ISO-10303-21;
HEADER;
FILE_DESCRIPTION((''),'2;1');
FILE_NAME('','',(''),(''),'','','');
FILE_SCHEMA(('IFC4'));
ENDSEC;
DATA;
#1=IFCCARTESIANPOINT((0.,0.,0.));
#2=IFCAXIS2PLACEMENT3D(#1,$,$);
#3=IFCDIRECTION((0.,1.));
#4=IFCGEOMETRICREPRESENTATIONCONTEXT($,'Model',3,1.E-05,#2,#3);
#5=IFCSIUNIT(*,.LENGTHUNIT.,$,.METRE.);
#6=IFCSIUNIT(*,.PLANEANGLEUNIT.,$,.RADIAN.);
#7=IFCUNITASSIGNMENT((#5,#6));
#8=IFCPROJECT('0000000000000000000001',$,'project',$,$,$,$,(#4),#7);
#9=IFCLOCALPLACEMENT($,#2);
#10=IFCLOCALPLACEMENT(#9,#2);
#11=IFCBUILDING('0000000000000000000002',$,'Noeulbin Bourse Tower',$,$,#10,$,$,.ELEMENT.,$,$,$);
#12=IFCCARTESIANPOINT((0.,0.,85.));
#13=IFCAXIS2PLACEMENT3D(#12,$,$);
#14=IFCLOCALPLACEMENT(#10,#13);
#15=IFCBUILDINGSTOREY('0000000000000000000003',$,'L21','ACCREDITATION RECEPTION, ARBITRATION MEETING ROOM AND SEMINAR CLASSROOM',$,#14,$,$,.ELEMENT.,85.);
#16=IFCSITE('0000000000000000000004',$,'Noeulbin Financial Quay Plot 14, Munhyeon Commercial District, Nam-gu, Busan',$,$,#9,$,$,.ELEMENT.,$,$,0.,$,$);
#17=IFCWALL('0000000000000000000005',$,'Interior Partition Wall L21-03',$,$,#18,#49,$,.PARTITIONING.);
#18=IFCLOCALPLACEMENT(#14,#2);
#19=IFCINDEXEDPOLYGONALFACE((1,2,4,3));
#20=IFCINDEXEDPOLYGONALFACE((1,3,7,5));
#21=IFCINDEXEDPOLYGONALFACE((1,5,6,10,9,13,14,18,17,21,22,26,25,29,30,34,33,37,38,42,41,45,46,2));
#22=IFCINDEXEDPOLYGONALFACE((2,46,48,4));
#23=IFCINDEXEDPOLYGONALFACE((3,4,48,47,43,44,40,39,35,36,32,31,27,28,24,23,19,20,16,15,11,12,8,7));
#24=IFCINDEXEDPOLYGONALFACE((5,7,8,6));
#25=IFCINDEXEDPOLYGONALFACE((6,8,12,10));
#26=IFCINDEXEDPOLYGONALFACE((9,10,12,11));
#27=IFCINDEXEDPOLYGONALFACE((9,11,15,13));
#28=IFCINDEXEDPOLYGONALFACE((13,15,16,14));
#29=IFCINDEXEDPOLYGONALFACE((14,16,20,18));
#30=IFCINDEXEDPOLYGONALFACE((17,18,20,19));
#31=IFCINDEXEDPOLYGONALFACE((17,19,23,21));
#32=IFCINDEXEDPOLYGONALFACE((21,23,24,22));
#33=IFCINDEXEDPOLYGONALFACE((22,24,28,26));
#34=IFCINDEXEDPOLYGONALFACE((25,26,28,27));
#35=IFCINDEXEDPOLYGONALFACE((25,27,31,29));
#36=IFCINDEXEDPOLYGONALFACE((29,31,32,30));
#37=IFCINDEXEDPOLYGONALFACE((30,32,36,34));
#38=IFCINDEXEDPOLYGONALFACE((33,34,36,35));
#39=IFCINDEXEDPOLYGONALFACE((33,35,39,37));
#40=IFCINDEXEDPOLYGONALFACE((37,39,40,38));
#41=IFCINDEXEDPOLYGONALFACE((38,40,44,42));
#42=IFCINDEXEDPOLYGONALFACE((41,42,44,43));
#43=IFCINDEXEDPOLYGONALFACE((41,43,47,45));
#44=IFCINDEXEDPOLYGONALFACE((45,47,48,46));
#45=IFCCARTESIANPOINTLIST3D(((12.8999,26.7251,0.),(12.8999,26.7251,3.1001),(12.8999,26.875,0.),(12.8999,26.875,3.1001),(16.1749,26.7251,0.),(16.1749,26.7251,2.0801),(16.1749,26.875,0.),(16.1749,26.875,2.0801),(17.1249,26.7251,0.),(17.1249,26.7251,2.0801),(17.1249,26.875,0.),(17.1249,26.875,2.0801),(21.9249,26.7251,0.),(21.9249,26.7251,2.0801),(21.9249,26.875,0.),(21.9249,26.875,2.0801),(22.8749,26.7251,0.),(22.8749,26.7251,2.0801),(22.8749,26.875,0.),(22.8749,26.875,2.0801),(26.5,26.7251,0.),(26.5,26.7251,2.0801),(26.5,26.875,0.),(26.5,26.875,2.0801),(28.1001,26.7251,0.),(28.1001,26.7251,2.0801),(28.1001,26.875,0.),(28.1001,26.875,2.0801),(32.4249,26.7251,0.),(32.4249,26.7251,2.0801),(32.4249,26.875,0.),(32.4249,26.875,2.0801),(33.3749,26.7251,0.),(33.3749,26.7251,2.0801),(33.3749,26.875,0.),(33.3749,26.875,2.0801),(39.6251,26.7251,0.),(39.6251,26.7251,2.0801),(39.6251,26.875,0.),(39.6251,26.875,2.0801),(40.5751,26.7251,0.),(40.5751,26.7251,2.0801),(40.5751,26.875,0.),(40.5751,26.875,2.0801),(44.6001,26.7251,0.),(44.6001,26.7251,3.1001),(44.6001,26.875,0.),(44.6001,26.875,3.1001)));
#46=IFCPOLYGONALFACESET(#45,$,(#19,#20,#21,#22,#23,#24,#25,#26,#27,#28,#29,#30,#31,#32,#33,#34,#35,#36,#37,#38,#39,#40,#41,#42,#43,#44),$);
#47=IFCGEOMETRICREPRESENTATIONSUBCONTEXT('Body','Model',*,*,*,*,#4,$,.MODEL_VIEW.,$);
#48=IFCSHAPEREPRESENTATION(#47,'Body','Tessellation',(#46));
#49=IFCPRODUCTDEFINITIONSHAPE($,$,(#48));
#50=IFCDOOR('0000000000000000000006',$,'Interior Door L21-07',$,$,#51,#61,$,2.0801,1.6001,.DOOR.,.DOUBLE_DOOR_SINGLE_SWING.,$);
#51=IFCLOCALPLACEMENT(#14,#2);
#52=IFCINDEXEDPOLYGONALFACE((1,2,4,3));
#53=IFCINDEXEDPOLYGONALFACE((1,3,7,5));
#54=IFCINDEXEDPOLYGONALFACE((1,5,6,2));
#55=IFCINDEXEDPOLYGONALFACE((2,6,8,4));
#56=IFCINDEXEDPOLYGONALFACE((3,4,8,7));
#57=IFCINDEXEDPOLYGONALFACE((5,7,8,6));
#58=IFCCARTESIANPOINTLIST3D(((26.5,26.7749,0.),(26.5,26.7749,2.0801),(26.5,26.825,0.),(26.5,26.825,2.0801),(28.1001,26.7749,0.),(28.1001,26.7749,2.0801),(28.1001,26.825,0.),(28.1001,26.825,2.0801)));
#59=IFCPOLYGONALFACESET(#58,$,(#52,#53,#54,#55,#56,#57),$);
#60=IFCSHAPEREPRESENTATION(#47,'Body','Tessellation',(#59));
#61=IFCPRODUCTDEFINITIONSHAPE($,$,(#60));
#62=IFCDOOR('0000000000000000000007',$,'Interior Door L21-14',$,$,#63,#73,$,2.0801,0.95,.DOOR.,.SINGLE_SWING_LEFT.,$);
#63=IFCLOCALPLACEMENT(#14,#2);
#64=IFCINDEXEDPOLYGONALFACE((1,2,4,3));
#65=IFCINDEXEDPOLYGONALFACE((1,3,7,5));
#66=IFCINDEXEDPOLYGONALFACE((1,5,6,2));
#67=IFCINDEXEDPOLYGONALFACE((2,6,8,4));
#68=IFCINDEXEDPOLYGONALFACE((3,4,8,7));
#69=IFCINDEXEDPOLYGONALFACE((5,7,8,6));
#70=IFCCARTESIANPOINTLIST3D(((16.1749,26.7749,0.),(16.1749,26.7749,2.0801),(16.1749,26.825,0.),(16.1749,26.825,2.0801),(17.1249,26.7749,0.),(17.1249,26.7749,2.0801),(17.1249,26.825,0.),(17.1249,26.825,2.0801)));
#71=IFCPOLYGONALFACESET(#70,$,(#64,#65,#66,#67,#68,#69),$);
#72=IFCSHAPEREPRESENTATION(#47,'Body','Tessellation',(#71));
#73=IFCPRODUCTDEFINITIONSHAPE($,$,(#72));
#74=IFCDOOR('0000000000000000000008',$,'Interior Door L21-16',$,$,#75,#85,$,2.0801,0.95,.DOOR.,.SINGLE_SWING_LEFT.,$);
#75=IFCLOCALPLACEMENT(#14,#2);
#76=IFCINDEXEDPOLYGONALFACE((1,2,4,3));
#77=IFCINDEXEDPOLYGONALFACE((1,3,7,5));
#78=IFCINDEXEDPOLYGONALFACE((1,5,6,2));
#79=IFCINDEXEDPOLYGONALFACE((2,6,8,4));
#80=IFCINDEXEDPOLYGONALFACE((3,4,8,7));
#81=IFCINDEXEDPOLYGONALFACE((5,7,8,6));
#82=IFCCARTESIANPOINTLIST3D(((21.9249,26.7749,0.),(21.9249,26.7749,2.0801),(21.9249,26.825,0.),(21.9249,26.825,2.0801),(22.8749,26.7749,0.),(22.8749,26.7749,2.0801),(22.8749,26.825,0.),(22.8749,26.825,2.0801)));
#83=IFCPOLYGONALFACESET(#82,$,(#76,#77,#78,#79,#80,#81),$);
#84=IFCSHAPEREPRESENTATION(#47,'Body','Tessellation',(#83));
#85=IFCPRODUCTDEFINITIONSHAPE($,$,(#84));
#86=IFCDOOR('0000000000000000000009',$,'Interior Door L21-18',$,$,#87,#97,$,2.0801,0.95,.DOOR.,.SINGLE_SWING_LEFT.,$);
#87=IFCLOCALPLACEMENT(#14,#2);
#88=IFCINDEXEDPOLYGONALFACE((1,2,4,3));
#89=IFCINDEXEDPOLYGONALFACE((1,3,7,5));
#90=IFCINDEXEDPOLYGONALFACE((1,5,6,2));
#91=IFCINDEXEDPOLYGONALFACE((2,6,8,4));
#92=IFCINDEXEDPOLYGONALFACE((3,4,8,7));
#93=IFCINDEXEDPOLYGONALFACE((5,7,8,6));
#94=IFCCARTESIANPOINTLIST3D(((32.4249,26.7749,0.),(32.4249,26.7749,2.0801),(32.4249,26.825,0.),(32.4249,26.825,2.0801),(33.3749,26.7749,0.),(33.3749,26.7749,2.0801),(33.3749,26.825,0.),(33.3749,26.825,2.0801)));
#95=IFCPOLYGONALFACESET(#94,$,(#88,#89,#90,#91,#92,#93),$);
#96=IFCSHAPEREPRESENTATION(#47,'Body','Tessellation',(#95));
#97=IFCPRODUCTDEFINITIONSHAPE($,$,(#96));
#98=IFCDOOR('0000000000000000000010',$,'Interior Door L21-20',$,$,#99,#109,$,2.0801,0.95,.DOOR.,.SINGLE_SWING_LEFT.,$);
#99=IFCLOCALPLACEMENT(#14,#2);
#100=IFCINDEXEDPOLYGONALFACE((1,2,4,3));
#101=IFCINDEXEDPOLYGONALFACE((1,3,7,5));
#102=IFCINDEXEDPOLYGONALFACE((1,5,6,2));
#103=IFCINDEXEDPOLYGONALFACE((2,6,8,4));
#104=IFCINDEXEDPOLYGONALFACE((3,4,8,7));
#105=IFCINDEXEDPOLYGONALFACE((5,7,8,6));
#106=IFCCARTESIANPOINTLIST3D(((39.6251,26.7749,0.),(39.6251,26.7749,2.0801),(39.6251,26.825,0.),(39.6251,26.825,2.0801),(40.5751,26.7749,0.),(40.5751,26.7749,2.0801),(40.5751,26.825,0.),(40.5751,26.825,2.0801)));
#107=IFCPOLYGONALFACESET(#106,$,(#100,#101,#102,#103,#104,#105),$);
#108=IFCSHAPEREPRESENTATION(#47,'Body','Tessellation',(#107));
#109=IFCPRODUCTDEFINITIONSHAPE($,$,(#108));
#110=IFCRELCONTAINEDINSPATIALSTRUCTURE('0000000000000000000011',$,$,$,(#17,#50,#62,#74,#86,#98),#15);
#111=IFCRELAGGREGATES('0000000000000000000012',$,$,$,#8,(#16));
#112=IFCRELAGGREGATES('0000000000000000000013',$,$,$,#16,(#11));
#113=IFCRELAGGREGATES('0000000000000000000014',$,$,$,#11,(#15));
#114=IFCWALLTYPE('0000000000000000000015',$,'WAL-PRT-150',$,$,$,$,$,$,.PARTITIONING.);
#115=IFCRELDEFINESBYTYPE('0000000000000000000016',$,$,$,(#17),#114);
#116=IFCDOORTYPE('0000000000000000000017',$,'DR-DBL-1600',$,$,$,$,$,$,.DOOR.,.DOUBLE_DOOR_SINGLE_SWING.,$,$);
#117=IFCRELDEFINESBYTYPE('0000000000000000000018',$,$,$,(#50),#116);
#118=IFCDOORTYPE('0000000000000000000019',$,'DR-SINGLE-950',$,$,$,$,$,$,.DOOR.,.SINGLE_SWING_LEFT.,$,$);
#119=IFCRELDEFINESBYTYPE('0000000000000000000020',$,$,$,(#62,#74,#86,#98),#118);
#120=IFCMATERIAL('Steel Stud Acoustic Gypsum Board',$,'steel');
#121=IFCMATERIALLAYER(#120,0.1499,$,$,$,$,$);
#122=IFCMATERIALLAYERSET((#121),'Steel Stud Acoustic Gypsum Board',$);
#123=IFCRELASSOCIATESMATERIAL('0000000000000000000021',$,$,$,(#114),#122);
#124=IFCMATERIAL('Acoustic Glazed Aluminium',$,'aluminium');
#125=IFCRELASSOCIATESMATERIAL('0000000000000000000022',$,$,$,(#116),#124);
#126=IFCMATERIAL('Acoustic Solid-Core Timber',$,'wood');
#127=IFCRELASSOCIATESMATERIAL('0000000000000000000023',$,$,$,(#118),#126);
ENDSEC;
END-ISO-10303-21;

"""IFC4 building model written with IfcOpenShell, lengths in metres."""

from ifc_helpers import new_model, si_unit, direction, frame, frame_2d, origin, place, context, subcontext, project, spatial, rectangle, extrude, material, layer, layer_set, type_object, element, fill, save


model = new_model("IFC4")

# Units and contexts
model_context = context("Model", 3, precision=1e-05, world=origin(), true_north=direction((0.0, 1.0)))
body_context = subcontext(model_context, "Body", "Model", "MODEL_VIEW")
ifc_project = project(units=[si_unit("LENGTHUNIT", "METRE"), si_unit("PLANEANGLEUNIT", "RADIAN")], contexts=[model_context])

# Site, building, storey
site_placement = place(None, origin())
site = spatial("IfcSite", under=ifc_project, at=site_placement, Name="Noeulbin Financial Quay Plot 14, Munhyeon Commercial District, Nam-gu, Busan", CompositionType="ELEMENT", RefElevation=0.0)
building_placement = place(site_placement, origin())
building = spatial("IfcBuilding", under=site, at=building_placement, Name="Noeulbin Bourse Tower", CompositionType="ELEMENT")
storey_placement = place(building_placement, frame((0.0, 0.0, 85.0)))
storey = spatial("IfcBuildingStorey", under=building, at=storey_placement, Name="L21", Description="ACCREDITATION RECEPTION, ARBITRATION MEETING ROOM AND SEMINAR CLASSROOM", CompositionType="ELEMENT", Elevation=85.0)

# Wall, openings, doors
ifc_material_1 = material(Name="Steel Stud Acoustic Gypsum Board", Category="steel")
ifc_layer_1 = layer(ifc_material_1, 0.1499)
ifc_layer_set_1 = layer_set([ifc_layer_1], Name="Steel Stud Acoustic Gypsum Board")
wall_type_1 = type_object("IfcWallType", Name="WAL-PRT-150", PredefinedType="PARTITIONING", material=ifc_layer_set_1)
wall_1_placement = place(storey_placement, frame((12.8999, 26.8, 0.0), z_axis=(0.0, 0.0, 1.0), x_axis=(1.0, 0.0, 0.0)))
wall_1 = element("IfcWall", 1, at=wall_1_placement, inside=storey, type_object=wall_type_1, Name="Interior Partition Wall L21-03", PredefinedType="PARTITIONING", context=body_context, shape_type="SweptSolid", body=[
    extrude(rectangle(XDim=31.7002, YDim=0.1499, at=frame_2d((15.8501, 0.0))), origin(), (0.0, 0.0, 1.0), 3.1001),
])
opening_1_placement = place(wall_1_placement, frame((13.6001, 0.0, 0.0)))
opening_1 = element("IfcOpeningElement", 2, at=opening_1_placement, cuts=wall_1, PredefinedType="OPENING", context=body_context, shape_type="SweptSolid", body=[
    extrude(rectangle(XDim=1.6001, YDim=2.0801, at=frame_2d((0.8, 1.04))), frame((0.0, 0.085, 0.0), z_axis=(0.0, -1.0, 0.0), x_axis=(1.0, 0.0, 0.0)), (0.0, 0.0, 1.0), 0.1699),
])
opening_2_placement = place(wall_1_placement, frame((3.2749, 0.0, 0.0)))
opening_2 = element("IfcOpeningElement", 3, at=opening_2_placement, cuts=wall_1, PredefinedType="OPENING", context=body_context, shape_type="SweptSolid", body=[
    extrude(rectangle(XDim=0.95, YDim=2.0801, at=frame_2d((0.4751, 1.04))), frame((0.0, 0.085, 0.0), z_axis=(0.0, -1.0, 0.0), x_axis=(1.0, 0.0, 0.0)), (0.0, 0.0, 1.0), 0.1699),
])
opening_3_placement = place(wall_1_placement, frame((9.0249, 0.0, 0.0)))
opening_3 = element("IfcOpeningElement", 4, at=opening_3_placement, cuts=wall_1, PredefinedType="OPENING", context=body_context, shape_type="SweptSolid", body=[
    extrude(rectangle(XDim=0.95, YDim=2.0801, at=frame_2d((0.4751, 1.04))), frame((0.0, 0.085, 0.0), z_axis=(0.0, -1.0, 0.0), x_axis=(1.0, 0.0, 0.0)), (0.0, 0.0, 1.0), 0.1699),
])
opening_4_placement = place(wall_1_placement, frame((19.5249, 0.0, 0.0)))
opening_4 = element("IfcOpeningElement", 5, at=opening_4_placement, cuts=wall_1, PredefinedType="OPENING", context=body_context, shape_type="SweptSolid", body=[
    extrude(rectangle(XDim=0.95, YDim=2.0801, at=frame_2d((0.4751, 1.04))), frame((0.0, 0.085, 0.0), z_axis=(0.0, -1.0, 0.0), x_axis=(1.0, 0.0, 0.0)), (0.0, 0.0, 1.0), 0.1699),
])
opening_5_placement = place(wall_1_placement, frame((26.7251, 0.0, 0.0)))
opening_5 = element("IfcOpeningElement", 6, at=opening_5_placement, cuts=wall_1, PredefinedType="OPENING", context=body_context, shape_type="SweptSolid", body=[
    extrude(rectangle(XDim=0.95, YDim=2.0801, at=frame_2d((0.4751, 1.04))), frame((0.0, 0.085, 0.0), z_axis=(0.0, -1.0, 0.0), x_axis=(1.0, 0.0, 0.0)), (0.0, 0.0, 1.0), 0.1699),
])
ifc_material_2 = material(Name="Acoustic Glazed Aluminium", Category="aluminium")
door_type_1 = type_object("IfcDoorType", Name="DR-DBL-1600", OperationType="DOUBLE_DOOR_SINGLE_SWING", PredefinedType="DOOR", material=ifc_material_2)
door_1_placement = place(opening_1_placement, origin())
door_1 = element("IfcDoor", 7, at=door_1_placement, inside=storey, type_object=door_type_1, Name="Interior Door L21-07", OperationType="DOUBLE_DOOR_SINGLE_SWING", OverallHeight=2.0801, OverallWidth=1.6001, PredefinedType="DOOR", context=body_context, shape_type="SweptSolid", body=[
    extrude(rectangle(XDim=1.6001, YDim=2.0801, at=frame_2d((0.8, 1.04))), frame((0.0, 0.0249, 0.0), z_axis=(0.0, -1.0, 0.0), x_axis=(1.0, 0.0, 0.0)), (0.0, 0.0, 1.0), 0.05),
])
fill(opening_1, door_1)
ifc_material_3 = material(Name="Acoustic Solid-Core Timber", Category="wood")
door_type_2 = type_object("IfcDoorType", Name="DR-SINGLE-950", OperationType="SINGLE_SWING_LEFT", PredefinedType="DOOR", material=ifc_material_3)
door_2_placement = place(opening_2_placement, origin())
door_2 = element("IfcDoor", 8, at=door_2_placement, inside=storey, type_object=door_type_2, Name="Interior Door L21-14", OperationType="SINGLE_SWING_LEFT", OverallHeight=2.0801, OverallWidth=0.95, PredefinedType="DOOR", context=body_context, shape_type="SweptSolid", body=[
    extrude(rectangle(XDim=0.95, YDim=2.0801, at=frame_2d((0.4751, 1.04))), frame((0.0, 0.0249, 0.0), z_axis=(0.0, -1.0, 0.0), x_axis=(1.0, 0.0, 0.0)), (0.0, 0.0, 1.0), 0.05),
])
fill(opening_2, door_2)
door_3_placement = place(opening_3_placement, origin())
door_3 = element("IfcDoor", 9, at=door_3_placement, inside=storey, type_object=door_type_2, Name="Interior Door L21-16", OperationType="SINGLE_SWING_LEFT", OverallHeight=2.0801, OverallWidth=0.95, PredefinedType="DOOR", context=body_context, shape_type="SweptSolid", body=[
    extrude(rectangle(XDim=0.95, YDim=2.0801, at=frame_2d((0.4751, 1.04))), frame((0.0, 0.0249, 0.0), z_axis=(0.0, -1.0, 0.0), x_axis=(1.0, 0.0, 0.0)), (0.0, 0.0, 1.0), 0.05),
])
fill(opening_3, door_3)
door_4_placement = place(opening_4_placement, origin())
door_4 = element("IfcDoor", 10, at=door_4_placement, inside=storey, type_object=door_type_2, Name="Interior Door L21-18", OperationType="SINGLE_SWING_LEFT", OverallHeight=2.0801, OverallWidth=0.95, PredefinedType="DOOR", context=body_context, shape_type="SweptSolid", body=[
    extrude(rectangle(XDim=0.95, YDim=2.0801, at=frame_2d((0.4751, 1.04))), frame((0.0, 0.0249, 0.0), z_axis=(0.0, -1.0, 0.0), x_axis=(1.0, 0.0, 0.0)), (0.0, 0.0, 1.0), 0.05),
])
fill(opening_4, door_4)
door_5_placement = place(opening_5_placement, origin())
door_5 = element("IfcDoor", 11, at=door_5_placement, inside=storey, type_object=door_type_2, Name="Interior Door L21-20", OperationType="SINGLE_SWING_LEFT", OverallHeight=2.0801, OverallWidth=0.95, PredefinedType="DOOR", context=body_context, shape_type="SweptSolid", body=[
    extrude(rectangle(XDim=0.95, YDim=2.0801, at=frame_2d((0.4751, 1.04))), frame((0.0, 0.0249, 0.0), z_axis=(0.0, -1.0, 0.0), x_axis=(1.0, 0.0, 0.0)), (0.0, 0.0, 1.0), 0.05),
])
fill(opening_5, door_5)

save(model, "model.ifc")
